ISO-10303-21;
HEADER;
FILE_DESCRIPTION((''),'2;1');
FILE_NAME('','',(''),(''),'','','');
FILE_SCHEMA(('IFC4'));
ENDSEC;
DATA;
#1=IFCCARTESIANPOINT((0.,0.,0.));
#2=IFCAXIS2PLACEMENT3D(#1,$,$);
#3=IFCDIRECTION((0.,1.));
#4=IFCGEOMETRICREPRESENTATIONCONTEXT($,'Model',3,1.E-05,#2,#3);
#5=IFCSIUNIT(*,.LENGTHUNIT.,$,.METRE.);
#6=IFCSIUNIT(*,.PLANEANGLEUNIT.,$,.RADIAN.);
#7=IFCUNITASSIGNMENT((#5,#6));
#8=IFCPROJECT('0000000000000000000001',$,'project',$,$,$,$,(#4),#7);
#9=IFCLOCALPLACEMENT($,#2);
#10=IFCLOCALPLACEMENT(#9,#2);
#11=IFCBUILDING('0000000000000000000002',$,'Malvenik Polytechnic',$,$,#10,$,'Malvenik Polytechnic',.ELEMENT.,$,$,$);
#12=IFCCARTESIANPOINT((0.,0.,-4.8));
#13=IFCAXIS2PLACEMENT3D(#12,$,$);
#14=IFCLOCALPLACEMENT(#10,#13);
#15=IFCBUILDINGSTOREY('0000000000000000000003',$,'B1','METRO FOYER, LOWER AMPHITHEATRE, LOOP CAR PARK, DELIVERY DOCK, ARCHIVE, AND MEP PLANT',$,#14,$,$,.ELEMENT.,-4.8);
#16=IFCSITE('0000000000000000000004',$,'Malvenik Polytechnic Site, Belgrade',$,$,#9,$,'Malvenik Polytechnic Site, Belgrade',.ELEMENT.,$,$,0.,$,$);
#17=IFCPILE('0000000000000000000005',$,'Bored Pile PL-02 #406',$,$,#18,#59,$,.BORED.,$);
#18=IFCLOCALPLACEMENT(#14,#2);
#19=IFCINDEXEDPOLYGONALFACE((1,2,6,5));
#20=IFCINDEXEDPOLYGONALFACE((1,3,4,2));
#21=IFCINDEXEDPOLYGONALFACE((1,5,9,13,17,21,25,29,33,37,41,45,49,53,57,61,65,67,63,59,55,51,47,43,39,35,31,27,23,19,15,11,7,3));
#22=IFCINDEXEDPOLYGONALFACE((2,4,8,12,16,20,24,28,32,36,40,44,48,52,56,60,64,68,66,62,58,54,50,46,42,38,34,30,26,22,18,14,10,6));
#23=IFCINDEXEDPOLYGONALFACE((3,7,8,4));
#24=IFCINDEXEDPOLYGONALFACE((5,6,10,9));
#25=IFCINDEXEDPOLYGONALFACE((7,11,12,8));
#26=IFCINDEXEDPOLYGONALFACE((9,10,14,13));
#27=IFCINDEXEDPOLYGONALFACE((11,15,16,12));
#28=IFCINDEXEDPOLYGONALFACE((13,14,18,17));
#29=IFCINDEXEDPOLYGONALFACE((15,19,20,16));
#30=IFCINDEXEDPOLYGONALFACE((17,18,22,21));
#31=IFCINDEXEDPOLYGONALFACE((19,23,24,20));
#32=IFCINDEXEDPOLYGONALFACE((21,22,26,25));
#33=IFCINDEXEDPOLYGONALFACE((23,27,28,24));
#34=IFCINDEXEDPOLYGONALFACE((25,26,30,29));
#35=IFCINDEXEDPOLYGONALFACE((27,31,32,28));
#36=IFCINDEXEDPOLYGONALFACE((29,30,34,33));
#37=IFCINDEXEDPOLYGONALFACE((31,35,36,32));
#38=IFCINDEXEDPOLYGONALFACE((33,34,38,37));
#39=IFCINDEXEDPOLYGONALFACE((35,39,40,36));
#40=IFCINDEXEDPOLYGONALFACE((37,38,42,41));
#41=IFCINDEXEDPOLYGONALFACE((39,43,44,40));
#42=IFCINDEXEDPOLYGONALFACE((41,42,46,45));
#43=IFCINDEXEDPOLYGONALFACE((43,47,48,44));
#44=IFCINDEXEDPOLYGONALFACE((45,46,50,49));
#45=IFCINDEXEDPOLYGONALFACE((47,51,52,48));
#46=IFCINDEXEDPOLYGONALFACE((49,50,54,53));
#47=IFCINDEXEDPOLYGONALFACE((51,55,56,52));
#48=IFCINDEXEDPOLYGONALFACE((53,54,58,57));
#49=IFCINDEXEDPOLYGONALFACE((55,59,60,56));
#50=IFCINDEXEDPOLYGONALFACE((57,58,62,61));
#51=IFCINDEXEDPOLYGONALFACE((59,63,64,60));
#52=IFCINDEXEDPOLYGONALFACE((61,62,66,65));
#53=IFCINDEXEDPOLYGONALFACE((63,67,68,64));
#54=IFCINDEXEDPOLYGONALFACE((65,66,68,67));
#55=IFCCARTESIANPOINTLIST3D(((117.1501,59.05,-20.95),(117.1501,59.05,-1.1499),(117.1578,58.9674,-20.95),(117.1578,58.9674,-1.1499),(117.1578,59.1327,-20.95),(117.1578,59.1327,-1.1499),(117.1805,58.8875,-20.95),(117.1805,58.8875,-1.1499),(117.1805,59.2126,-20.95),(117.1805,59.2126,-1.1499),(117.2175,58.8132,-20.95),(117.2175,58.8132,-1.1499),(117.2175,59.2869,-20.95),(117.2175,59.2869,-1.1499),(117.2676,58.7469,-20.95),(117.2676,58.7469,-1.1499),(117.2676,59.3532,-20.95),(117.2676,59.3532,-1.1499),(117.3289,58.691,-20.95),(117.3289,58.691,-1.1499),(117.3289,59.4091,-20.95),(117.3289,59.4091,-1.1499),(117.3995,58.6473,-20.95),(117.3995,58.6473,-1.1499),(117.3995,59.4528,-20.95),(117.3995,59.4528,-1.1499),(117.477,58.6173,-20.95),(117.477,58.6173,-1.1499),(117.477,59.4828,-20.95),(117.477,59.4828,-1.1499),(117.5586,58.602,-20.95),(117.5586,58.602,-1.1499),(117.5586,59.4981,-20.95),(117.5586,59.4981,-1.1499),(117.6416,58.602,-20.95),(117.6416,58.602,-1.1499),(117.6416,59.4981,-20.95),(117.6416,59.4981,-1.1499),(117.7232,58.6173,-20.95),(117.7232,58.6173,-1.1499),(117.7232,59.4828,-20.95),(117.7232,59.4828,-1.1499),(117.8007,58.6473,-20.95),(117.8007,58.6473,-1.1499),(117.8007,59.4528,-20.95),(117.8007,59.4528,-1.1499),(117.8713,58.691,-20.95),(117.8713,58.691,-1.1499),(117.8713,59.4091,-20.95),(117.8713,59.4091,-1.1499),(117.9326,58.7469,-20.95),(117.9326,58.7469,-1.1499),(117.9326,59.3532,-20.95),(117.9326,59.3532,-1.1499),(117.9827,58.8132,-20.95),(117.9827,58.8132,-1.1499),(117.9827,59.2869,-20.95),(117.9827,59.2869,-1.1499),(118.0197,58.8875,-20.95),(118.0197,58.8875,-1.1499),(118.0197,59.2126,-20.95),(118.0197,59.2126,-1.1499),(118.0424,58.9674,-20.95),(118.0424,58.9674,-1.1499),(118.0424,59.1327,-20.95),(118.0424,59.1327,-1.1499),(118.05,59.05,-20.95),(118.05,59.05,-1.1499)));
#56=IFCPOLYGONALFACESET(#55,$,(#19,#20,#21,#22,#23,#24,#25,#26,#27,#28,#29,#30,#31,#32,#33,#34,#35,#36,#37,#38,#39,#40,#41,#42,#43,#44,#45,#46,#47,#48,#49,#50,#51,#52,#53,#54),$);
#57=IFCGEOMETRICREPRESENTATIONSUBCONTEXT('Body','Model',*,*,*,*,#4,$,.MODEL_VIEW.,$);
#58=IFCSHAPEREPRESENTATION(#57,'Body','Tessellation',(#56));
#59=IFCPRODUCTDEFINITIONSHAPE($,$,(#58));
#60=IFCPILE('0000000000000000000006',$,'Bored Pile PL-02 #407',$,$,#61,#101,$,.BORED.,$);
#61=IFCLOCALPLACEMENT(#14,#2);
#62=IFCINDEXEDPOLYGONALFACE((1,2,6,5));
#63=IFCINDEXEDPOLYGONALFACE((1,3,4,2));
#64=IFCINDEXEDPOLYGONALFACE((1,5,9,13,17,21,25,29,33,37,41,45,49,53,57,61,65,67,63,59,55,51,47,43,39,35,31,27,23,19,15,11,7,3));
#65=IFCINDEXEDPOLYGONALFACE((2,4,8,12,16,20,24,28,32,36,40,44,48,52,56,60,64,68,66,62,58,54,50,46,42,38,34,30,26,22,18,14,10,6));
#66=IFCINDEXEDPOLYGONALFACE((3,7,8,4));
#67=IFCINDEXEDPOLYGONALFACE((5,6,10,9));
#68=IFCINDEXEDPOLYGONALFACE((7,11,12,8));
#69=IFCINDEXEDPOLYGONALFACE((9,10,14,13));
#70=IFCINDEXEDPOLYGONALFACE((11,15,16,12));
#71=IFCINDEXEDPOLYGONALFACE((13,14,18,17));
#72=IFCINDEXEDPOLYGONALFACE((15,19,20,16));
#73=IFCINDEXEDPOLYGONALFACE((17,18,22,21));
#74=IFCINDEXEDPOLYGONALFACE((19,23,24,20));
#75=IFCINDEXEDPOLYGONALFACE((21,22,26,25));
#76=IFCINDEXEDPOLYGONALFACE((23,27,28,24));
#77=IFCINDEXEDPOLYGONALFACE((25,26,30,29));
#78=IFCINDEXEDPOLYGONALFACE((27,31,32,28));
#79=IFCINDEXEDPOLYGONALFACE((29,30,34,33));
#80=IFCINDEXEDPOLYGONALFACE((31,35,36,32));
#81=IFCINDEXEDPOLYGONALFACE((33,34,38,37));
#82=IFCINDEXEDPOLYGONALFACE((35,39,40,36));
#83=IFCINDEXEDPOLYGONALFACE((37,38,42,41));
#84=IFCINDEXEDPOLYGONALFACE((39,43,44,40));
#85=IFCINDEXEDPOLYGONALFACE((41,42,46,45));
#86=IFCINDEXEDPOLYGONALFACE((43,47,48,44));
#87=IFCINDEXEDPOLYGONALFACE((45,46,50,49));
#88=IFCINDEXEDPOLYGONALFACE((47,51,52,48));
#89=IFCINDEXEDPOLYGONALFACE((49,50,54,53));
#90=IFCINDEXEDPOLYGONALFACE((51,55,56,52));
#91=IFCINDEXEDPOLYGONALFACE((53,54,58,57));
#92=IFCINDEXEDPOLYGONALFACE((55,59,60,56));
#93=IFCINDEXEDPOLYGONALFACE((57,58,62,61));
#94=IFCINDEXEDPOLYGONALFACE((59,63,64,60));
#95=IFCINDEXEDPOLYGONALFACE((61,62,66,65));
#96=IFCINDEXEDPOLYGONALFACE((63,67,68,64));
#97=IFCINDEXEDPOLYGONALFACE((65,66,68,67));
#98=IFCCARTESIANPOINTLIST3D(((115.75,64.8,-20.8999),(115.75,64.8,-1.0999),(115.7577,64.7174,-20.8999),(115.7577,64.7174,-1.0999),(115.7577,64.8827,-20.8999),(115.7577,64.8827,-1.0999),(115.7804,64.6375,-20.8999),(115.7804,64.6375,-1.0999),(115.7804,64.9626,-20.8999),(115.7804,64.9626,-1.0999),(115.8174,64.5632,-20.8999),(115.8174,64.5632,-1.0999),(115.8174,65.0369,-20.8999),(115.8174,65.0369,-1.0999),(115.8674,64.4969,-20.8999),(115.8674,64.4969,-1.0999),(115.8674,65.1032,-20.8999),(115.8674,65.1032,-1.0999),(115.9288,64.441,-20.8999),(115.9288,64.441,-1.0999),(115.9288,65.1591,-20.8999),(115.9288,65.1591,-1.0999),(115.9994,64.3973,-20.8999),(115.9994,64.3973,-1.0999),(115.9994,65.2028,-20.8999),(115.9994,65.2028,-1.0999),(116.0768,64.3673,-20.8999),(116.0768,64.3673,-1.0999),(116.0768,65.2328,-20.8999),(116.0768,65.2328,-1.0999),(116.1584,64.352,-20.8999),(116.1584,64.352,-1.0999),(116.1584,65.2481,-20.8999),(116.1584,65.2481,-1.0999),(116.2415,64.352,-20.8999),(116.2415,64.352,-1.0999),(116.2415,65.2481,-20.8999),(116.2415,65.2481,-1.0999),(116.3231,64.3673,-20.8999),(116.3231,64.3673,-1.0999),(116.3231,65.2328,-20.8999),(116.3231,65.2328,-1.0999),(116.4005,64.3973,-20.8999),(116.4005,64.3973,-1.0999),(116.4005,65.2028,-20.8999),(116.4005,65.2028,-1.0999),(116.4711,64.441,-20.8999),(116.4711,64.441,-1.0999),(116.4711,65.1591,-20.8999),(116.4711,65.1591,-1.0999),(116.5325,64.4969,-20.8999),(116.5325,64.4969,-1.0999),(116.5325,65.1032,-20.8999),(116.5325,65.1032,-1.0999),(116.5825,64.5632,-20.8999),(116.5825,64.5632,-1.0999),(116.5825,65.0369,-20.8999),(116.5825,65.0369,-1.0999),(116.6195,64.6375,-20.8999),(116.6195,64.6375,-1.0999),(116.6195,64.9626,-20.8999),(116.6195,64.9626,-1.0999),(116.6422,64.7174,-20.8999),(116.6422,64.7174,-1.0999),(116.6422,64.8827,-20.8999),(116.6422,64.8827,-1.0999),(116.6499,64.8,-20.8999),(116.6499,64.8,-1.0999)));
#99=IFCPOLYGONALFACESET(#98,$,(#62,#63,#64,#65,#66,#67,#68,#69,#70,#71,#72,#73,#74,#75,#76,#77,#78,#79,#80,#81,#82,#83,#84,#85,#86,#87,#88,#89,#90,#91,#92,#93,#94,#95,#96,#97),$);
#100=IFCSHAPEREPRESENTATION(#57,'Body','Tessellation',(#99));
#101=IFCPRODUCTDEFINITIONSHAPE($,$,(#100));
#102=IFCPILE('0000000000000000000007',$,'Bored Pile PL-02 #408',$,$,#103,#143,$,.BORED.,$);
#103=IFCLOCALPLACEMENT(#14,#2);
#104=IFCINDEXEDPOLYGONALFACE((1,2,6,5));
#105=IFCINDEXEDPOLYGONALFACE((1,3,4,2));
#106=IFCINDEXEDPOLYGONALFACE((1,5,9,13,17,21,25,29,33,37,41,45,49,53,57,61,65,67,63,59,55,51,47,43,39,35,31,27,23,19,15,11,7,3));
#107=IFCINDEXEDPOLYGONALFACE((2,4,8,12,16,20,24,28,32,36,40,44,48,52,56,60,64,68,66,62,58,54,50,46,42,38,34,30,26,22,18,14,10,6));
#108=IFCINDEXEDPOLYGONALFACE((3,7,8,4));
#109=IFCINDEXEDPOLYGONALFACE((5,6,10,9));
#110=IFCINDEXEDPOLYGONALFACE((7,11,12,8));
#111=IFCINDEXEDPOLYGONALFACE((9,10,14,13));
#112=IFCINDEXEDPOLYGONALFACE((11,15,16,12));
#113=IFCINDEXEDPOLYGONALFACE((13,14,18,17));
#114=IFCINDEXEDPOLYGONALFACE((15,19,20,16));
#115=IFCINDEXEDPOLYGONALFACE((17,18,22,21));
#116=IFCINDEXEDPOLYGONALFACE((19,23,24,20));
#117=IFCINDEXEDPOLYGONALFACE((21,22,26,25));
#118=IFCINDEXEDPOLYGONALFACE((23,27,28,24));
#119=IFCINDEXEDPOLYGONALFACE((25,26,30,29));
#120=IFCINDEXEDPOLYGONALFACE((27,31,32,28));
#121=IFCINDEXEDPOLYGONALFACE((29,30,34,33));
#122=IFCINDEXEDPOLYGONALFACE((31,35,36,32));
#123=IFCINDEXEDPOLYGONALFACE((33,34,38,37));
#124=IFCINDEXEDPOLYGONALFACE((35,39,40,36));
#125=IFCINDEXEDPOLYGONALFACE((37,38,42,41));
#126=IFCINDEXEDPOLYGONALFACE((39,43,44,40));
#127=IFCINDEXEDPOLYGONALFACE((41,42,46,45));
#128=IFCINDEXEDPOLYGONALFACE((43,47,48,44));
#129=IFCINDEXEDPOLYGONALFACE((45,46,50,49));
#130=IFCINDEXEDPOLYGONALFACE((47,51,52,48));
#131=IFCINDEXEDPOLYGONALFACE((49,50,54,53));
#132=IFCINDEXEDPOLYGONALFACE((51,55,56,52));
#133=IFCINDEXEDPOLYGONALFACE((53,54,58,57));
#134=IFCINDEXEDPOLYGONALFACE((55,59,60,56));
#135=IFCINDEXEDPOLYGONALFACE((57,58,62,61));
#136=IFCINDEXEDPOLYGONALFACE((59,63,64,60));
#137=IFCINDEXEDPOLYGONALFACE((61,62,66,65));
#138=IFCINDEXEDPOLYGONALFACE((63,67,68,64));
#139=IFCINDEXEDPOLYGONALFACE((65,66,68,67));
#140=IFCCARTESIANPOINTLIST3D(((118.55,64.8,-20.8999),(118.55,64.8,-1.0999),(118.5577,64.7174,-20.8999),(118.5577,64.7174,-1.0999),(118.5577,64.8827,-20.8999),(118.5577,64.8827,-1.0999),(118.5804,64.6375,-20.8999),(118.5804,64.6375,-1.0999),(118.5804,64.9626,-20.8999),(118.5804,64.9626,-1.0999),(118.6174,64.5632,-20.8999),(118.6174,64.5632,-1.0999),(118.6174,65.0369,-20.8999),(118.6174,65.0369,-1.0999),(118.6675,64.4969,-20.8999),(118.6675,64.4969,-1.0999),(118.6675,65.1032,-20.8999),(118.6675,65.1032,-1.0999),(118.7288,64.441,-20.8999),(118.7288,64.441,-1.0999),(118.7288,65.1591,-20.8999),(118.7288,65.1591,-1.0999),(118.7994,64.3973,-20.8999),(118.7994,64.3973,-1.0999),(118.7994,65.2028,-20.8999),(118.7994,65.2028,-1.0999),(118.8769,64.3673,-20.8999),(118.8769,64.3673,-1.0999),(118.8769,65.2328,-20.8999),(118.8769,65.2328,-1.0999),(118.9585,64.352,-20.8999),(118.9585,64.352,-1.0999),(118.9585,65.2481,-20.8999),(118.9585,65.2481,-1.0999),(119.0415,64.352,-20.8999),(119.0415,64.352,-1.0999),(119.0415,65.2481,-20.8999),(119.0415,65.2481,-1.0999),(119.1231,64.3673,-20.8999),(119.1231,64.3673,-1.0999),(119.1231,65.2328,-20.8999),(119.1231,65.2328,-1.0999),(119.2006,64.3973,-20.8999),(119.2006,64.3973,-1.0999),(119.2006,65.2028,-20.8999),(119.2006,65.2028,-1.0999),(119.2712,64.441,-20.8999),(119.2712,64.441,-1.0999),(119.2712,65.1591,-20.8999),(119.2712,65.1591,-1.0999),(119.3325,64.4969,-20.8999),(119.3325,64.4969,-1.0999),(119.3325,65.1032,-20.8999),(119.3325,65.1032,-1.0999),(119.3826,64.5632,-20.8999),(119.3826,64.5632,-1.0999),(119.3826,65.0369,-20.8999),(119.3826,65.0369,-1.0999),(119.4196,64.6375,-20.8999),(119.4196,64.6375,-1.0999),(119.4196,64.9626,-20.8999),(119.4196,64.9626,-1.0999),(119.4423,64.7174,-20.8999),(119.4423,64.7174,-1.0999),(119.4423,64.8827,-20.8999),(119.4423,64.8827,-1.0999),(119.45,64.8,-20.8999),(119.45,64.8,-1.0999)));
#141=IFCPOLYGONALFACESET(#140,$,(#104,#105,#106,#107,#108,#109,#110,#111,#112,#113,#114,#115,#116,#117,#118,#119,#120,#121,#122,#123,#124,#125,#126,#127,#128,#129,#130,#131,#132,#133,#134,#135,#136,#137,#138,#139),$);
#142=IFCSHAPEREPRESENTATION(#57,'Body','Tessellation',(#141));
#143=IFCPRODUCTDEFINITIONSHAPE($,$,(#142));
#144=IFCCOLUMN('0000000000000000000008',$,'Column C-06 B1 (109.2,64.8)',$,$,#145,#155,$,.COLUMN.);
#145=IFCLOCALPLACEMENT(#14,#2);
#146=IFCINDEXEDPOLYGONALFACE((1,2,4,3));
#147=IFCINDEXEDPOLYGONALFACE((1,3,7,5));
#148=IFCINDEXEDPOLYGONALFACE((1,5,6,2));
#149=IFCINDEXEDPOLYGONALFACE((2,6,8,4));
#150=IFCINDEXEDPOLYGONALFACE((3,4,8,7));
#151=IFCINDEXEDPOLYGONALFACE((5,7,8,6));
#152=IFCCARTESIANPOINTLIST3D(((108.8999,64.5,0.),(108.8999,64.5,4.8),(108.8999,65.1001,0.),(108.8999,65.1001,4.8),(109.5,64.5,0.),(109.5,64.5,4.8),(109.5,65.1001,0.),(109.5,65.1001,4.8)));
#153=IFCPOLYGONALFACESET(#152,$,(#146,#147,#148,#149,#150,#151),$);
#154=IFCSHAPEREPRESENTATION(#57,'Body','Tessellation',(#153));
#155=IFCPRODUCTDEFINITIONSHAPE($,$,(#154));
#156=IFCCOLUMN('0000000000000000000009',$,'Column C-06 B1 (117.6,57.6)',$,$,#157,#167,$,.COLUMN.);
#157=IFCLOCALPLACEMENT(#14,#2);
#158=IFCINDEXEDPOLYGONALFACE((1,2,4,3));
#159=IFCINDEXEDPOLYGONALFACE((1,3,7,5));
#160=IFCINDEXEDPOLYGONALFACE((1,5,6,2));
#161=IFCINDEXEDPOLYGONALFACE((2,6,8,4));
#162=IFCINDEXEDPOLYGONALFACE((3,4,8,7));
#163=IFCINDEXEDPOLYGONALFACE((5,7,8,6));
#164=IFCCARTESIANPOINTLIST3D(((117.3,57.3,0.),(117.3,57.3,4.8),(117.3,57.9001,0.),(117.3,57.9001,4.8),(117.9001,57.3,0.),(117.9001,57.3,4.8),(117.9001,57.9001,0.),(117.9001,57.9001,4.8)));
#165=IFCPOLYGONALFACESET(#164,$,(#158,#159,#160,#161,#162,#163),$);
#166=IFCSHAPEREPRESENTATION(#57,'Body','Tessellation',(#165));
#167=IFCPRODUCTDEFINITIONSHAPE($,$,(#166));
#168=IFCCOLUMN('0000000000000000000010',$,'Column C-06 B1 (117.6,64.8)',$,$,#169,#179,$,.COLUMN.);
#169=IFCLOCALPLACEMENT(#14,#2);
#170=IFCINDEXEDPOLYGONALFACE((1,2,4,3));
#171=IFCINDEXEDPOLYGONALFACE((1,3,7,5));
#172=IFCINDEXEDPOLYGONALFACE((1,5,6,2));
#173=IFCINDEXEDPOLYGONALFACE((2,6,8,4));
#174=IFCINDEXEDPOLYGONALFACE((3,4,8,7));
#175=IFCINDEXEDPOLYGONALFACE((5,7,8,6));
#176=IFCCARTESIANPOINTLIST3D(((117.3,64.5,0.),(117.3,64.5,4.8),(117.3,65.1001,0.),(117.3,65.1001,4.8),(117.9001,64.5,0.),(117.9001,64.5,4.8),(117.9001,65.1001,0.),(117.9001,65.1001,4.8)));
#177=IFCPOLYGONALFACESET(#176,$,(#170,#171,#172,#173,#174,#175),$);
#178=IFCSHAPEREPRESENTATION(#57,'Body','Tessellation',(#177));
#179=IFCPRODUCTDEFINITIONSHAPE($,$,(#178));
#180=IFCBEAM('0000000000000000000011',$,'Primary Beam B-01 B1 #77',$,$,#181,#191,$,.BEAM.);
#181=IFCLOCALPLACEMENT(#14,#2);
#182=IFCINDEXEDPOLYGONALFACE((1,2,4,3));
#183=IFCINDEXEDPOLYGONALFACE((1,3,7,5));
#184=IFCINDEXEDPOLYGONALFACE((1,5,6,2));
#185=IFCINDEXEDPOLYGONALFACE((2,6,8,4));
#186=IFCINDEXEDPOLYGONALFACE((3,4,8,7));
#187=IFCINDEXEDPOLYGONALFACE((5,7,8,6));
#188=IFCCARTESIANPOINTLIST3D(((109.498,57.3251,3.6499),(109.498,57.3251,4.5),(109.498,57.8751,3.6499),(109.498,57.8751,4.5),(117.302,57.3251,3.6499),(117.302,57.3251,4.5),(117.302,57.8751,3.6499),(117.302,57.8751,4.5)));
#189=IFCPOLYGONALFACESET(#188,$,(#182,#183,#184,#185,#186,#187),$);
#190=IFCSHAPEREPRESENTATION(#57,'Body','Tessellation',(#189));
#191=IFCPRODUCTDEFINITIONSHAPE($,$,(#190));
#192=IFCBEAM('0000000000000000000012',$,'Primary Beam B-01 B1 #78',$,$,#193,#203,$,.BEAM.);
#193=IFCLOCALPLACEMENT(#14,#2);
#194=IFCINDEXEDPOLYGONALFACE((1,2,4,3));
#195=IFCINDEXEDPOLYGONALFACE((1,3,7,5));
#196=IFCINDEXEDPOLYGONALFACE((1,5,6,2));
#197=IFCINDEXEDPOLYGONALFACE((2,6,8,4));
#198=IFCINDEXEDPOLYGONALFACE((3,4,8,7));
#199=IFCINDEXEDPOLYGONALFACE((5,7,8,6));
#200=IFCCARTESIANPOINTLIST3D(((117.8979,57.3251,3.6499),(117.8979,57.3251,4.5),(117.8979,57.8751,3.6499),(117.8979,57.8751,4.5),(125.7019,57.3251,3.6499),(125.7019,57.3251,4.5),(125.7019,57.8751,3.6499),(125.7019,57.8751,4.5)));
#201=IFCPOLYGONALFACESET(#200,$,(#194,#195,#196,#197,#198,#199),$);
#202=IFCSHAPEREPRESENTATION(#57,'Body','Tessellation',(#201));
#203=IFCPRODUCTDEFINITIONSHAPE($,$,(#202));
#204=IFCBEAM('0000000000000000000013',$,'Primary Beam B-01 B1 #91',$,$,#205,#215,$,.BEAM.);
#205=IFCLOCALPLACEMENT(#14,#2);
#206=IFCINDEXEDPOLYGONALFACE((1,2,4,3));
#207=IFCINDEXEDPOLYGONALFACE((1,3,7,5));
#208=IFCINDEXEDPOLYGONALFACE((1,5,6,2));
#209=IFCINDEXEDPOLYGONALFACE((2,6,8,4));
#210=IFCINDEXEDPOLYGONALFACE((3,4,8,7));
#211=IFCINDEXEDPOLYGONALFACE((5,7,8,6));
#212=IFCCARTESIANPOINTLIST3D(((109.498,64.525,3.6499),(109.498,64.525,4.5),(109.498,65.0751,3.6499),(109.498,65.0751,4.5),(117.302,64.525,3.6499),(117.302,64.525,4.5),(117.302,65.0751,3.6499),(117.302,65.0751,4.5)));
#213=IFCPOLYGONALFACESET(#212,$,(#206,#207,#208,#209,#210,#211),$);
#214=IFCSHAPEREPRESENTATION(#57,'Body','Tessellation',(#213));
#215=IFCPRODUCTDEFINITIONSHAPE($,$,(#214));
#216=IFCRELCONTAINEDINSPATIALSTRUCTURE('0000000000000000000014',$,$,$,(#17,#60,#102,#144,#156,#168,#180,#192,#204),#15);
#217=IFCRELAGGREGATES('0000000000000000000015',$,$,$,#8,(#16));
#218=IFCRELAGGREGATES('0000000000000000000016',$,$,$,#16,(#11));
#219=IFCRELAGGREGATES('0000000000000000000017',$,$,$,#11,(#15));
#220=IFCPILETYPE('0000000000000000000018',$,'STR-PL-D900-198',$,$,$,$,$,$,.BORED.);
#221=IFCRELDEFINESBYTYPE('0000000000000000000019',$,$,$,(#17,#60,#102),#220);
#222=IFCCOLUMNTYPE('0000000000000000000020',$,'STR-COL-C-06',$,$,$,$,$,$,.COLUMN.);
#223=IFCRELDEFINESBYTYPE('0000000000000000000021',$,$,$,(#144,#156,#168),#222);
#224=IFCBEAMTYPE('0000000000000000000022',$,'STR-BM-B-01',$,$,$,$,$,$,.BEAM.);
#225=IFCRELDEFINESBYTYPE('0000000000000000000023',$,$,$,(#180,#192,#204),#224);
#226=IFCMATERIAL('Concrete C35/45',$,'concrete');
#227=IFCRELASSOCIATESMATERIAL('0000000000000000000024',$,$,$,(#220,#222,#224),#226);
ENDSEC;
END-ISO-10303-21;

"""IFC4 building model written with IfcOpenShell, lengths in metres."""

from ifc_helpers import new_model, si_unit, direction, frame, origin, origin_2d, place, context, subcontext, project, spatial, rectangle, circle, extrude, material, material_profile, profile_set, type_object, element, save


model = new_model("IFC4")

# Units and contexts
model_context = context("Model", 3, precision=1e-05, world=origin(), true_north=direction((0.0, 1.0)))
body_context = subcontext(model_context, "Body", "Model", "MODEL_VIEW")
ifc_project = project(units=[si_unit("LENGTHUNIT", "METRE"), si_unit("PLANEANGLEUNIT", "RADIAN")], contexts=[model_context])

# Site, building, storey
site_placement = place(None, origin())
site = spatial("IfcSite", under=ifc_project, at=site_placement, Name="Malvenik Polytechnic Site, Belgrade", LongName="Malvenik Polytechnic Site, Belgrade", CompositionType="ELEMENT", RefElevation=0.0)
building_placement = place(site_placement, origin())
building = spatial("IfcBuilding", under=site, at=building_placement, Name="Malvenik Polytechnic", LongName="Malvenik Polytechnic", CompositionType="ELEMENT")
storey_placement = place(building_placement, frame((0.0, 0.0, -4.8)))
storey = spatial("IfcBuildingStorey", under=building, at=storey_placement, Name="B1", Description="METRO FOYER, LOWER AMPHITHEATRE, LOOP CAR PARK, DELIVERY DOCK, ARCHIVE, AND MEP PLANT", CompositionType="ELEMENT", Elevation=-4.8)

# Shared definitions
ifc_material_1 = material(Name="Concrete C35/45", Category="concrete")

# Piles
ifc_material_profile_1 = material_profile(ifc_material_1, circle(Radius=0.45, at=origin_2d()), Name="BORED PILE D900")
ifc_profile_set_1 = profile_set([ifc_material_profile_1], Name="Concrete C35/45")
pile_type = type_object("IfcPileType", Name="STR-PL-D900-198", PredefinedType="BORED", material=ifc_profile_set_1)
for number, where, z_axis, x_axis, name in (
    (1, (117.6001, 59.05, -1.1499), (0.0, 0.0, -1.0), (1.0, 0.0, 0.0), "Bored Pile PL-02 #406"),
    (2, (116.2, 64.8, -1.0999), (0.0, 0.0, -1.0), (1.0, 0.0, 0.0), "Bored Pile PL-02 #407"),
    (3, (119.0, 64.8, -1.0999), (0.0, 0.0, -1.0), (1.0, 0.0, 0.0), "Bored Pile PL-02 #408"),
):
    element("IfcPile", number, at=place(storey_placement, frame(where, z_axis=z_axis, x_axis=x_axis)), inside=storey, type_object=pile_type, Name=name, PredefinedType="BORED", context=body_context, shape_type="SweptSolid", body=[
        extrude(circle(Radius=0.45, at=origin_2d()), origin(), (0.0, 0.0, 1.0), 19.8),
    ])

# Columns
ifc_material_profile_2 = material_profile(ifc_material_1, rectangle(XDim=0.6001, YDim=0.6001, at=origin_2d()), Name="RC COL 600x600")
ifc_profile_set_2 = profile_set([ifc_material_profile_2], Name="Concrete C35/45")
column_type = type_object("IfcColumnType", Name="STR-COL-C-06", PredefinedType="COLUMN", material=ifc_profile_set_2)
for number, where, z_axis, x_axis, name in (
    (4, (109.2, 64.8, 0.0), (0.0, 0.0, 1.0), (1.0, 0.0, 0.0), "Column C-06 B1 (109.2,64.8)"),
    (5, (117.6001, 57.6001, 0.0), (0.0, 0.0, 1.0), (1.0, 0.0, 0.0), "Column C-06 B1 (117.6,57.6)"),
    (6, (117.6001, 64.8, 0.0), (0.0, 0.0, 1.0), (1.0, 0.0, 0.0), "Column C-06 B1 (117.6,64.8)"),
):
    element("IfcColumn", number, at=place(storey_placement, frame(where, z_axis=z_axis, x_axis=x_axis)), inside=storey, type_object=column_type, Name=name, PredefinedType="COLUMN", context=body_context, shape_type="SweptSolid", body=[
        extrude(rectangle(XDim=0.6001, YDim=0.6001, at=origin_2d()), origin(), (0.0, 0.0, 1.0), 4.8),
    ])

# Beams
ifc_material_profile_3 = material_profile(ifc_material_1, rectangle(XDim=0.55, YDim=0.8501, at=origin_2d()), Name="RC BM 550x850")
ifc_profile_set_3 = profile_set([ifc_material_profile_3], Name="Concrete C35/45")
beam_type_1 = type_object("IfcBeamType", Name="STR-BM-B-01", PredefinedType="BEAM", material=ifc_profile_set_3)
for number, where, z_axis, x_axis, name in (
    (7, (109.498, 57.6001, 4.075), (1.0, 0.0, 0.0), (0.0, 1.0, 0.0), "Primary Beam B-01 B1 #77"),
    (8, (117.8979, 57.6001, 4.075), (1.0, 0.0, 0.0), (0.0, 1.0, 0.0), "Primary Beam B-01 B1 #78"),
    (9, (109.498, 64.8, 4.075), (1.0, 0.0, 0.0), (0.0, 1.0, 0.0), "Primary Beam B-01 B1 #91"),
):
    element("IfcBeam", number, at=place(storey_placement, frame(where, z_axis=z_axis, x_axis=x_axis)), inside=storey, type_object=beam_type_1, Name=name, PredefinedType="BEAM", context=body_context, shape_type="SweptSolid", body=[
        extrude(rectangle(XDim=0.55, YDim=0.8501, at=origin_2d()), origin(), (0.0, 0.0, 1.0), 7.804),
    ])

save(model, "model.ifc")
